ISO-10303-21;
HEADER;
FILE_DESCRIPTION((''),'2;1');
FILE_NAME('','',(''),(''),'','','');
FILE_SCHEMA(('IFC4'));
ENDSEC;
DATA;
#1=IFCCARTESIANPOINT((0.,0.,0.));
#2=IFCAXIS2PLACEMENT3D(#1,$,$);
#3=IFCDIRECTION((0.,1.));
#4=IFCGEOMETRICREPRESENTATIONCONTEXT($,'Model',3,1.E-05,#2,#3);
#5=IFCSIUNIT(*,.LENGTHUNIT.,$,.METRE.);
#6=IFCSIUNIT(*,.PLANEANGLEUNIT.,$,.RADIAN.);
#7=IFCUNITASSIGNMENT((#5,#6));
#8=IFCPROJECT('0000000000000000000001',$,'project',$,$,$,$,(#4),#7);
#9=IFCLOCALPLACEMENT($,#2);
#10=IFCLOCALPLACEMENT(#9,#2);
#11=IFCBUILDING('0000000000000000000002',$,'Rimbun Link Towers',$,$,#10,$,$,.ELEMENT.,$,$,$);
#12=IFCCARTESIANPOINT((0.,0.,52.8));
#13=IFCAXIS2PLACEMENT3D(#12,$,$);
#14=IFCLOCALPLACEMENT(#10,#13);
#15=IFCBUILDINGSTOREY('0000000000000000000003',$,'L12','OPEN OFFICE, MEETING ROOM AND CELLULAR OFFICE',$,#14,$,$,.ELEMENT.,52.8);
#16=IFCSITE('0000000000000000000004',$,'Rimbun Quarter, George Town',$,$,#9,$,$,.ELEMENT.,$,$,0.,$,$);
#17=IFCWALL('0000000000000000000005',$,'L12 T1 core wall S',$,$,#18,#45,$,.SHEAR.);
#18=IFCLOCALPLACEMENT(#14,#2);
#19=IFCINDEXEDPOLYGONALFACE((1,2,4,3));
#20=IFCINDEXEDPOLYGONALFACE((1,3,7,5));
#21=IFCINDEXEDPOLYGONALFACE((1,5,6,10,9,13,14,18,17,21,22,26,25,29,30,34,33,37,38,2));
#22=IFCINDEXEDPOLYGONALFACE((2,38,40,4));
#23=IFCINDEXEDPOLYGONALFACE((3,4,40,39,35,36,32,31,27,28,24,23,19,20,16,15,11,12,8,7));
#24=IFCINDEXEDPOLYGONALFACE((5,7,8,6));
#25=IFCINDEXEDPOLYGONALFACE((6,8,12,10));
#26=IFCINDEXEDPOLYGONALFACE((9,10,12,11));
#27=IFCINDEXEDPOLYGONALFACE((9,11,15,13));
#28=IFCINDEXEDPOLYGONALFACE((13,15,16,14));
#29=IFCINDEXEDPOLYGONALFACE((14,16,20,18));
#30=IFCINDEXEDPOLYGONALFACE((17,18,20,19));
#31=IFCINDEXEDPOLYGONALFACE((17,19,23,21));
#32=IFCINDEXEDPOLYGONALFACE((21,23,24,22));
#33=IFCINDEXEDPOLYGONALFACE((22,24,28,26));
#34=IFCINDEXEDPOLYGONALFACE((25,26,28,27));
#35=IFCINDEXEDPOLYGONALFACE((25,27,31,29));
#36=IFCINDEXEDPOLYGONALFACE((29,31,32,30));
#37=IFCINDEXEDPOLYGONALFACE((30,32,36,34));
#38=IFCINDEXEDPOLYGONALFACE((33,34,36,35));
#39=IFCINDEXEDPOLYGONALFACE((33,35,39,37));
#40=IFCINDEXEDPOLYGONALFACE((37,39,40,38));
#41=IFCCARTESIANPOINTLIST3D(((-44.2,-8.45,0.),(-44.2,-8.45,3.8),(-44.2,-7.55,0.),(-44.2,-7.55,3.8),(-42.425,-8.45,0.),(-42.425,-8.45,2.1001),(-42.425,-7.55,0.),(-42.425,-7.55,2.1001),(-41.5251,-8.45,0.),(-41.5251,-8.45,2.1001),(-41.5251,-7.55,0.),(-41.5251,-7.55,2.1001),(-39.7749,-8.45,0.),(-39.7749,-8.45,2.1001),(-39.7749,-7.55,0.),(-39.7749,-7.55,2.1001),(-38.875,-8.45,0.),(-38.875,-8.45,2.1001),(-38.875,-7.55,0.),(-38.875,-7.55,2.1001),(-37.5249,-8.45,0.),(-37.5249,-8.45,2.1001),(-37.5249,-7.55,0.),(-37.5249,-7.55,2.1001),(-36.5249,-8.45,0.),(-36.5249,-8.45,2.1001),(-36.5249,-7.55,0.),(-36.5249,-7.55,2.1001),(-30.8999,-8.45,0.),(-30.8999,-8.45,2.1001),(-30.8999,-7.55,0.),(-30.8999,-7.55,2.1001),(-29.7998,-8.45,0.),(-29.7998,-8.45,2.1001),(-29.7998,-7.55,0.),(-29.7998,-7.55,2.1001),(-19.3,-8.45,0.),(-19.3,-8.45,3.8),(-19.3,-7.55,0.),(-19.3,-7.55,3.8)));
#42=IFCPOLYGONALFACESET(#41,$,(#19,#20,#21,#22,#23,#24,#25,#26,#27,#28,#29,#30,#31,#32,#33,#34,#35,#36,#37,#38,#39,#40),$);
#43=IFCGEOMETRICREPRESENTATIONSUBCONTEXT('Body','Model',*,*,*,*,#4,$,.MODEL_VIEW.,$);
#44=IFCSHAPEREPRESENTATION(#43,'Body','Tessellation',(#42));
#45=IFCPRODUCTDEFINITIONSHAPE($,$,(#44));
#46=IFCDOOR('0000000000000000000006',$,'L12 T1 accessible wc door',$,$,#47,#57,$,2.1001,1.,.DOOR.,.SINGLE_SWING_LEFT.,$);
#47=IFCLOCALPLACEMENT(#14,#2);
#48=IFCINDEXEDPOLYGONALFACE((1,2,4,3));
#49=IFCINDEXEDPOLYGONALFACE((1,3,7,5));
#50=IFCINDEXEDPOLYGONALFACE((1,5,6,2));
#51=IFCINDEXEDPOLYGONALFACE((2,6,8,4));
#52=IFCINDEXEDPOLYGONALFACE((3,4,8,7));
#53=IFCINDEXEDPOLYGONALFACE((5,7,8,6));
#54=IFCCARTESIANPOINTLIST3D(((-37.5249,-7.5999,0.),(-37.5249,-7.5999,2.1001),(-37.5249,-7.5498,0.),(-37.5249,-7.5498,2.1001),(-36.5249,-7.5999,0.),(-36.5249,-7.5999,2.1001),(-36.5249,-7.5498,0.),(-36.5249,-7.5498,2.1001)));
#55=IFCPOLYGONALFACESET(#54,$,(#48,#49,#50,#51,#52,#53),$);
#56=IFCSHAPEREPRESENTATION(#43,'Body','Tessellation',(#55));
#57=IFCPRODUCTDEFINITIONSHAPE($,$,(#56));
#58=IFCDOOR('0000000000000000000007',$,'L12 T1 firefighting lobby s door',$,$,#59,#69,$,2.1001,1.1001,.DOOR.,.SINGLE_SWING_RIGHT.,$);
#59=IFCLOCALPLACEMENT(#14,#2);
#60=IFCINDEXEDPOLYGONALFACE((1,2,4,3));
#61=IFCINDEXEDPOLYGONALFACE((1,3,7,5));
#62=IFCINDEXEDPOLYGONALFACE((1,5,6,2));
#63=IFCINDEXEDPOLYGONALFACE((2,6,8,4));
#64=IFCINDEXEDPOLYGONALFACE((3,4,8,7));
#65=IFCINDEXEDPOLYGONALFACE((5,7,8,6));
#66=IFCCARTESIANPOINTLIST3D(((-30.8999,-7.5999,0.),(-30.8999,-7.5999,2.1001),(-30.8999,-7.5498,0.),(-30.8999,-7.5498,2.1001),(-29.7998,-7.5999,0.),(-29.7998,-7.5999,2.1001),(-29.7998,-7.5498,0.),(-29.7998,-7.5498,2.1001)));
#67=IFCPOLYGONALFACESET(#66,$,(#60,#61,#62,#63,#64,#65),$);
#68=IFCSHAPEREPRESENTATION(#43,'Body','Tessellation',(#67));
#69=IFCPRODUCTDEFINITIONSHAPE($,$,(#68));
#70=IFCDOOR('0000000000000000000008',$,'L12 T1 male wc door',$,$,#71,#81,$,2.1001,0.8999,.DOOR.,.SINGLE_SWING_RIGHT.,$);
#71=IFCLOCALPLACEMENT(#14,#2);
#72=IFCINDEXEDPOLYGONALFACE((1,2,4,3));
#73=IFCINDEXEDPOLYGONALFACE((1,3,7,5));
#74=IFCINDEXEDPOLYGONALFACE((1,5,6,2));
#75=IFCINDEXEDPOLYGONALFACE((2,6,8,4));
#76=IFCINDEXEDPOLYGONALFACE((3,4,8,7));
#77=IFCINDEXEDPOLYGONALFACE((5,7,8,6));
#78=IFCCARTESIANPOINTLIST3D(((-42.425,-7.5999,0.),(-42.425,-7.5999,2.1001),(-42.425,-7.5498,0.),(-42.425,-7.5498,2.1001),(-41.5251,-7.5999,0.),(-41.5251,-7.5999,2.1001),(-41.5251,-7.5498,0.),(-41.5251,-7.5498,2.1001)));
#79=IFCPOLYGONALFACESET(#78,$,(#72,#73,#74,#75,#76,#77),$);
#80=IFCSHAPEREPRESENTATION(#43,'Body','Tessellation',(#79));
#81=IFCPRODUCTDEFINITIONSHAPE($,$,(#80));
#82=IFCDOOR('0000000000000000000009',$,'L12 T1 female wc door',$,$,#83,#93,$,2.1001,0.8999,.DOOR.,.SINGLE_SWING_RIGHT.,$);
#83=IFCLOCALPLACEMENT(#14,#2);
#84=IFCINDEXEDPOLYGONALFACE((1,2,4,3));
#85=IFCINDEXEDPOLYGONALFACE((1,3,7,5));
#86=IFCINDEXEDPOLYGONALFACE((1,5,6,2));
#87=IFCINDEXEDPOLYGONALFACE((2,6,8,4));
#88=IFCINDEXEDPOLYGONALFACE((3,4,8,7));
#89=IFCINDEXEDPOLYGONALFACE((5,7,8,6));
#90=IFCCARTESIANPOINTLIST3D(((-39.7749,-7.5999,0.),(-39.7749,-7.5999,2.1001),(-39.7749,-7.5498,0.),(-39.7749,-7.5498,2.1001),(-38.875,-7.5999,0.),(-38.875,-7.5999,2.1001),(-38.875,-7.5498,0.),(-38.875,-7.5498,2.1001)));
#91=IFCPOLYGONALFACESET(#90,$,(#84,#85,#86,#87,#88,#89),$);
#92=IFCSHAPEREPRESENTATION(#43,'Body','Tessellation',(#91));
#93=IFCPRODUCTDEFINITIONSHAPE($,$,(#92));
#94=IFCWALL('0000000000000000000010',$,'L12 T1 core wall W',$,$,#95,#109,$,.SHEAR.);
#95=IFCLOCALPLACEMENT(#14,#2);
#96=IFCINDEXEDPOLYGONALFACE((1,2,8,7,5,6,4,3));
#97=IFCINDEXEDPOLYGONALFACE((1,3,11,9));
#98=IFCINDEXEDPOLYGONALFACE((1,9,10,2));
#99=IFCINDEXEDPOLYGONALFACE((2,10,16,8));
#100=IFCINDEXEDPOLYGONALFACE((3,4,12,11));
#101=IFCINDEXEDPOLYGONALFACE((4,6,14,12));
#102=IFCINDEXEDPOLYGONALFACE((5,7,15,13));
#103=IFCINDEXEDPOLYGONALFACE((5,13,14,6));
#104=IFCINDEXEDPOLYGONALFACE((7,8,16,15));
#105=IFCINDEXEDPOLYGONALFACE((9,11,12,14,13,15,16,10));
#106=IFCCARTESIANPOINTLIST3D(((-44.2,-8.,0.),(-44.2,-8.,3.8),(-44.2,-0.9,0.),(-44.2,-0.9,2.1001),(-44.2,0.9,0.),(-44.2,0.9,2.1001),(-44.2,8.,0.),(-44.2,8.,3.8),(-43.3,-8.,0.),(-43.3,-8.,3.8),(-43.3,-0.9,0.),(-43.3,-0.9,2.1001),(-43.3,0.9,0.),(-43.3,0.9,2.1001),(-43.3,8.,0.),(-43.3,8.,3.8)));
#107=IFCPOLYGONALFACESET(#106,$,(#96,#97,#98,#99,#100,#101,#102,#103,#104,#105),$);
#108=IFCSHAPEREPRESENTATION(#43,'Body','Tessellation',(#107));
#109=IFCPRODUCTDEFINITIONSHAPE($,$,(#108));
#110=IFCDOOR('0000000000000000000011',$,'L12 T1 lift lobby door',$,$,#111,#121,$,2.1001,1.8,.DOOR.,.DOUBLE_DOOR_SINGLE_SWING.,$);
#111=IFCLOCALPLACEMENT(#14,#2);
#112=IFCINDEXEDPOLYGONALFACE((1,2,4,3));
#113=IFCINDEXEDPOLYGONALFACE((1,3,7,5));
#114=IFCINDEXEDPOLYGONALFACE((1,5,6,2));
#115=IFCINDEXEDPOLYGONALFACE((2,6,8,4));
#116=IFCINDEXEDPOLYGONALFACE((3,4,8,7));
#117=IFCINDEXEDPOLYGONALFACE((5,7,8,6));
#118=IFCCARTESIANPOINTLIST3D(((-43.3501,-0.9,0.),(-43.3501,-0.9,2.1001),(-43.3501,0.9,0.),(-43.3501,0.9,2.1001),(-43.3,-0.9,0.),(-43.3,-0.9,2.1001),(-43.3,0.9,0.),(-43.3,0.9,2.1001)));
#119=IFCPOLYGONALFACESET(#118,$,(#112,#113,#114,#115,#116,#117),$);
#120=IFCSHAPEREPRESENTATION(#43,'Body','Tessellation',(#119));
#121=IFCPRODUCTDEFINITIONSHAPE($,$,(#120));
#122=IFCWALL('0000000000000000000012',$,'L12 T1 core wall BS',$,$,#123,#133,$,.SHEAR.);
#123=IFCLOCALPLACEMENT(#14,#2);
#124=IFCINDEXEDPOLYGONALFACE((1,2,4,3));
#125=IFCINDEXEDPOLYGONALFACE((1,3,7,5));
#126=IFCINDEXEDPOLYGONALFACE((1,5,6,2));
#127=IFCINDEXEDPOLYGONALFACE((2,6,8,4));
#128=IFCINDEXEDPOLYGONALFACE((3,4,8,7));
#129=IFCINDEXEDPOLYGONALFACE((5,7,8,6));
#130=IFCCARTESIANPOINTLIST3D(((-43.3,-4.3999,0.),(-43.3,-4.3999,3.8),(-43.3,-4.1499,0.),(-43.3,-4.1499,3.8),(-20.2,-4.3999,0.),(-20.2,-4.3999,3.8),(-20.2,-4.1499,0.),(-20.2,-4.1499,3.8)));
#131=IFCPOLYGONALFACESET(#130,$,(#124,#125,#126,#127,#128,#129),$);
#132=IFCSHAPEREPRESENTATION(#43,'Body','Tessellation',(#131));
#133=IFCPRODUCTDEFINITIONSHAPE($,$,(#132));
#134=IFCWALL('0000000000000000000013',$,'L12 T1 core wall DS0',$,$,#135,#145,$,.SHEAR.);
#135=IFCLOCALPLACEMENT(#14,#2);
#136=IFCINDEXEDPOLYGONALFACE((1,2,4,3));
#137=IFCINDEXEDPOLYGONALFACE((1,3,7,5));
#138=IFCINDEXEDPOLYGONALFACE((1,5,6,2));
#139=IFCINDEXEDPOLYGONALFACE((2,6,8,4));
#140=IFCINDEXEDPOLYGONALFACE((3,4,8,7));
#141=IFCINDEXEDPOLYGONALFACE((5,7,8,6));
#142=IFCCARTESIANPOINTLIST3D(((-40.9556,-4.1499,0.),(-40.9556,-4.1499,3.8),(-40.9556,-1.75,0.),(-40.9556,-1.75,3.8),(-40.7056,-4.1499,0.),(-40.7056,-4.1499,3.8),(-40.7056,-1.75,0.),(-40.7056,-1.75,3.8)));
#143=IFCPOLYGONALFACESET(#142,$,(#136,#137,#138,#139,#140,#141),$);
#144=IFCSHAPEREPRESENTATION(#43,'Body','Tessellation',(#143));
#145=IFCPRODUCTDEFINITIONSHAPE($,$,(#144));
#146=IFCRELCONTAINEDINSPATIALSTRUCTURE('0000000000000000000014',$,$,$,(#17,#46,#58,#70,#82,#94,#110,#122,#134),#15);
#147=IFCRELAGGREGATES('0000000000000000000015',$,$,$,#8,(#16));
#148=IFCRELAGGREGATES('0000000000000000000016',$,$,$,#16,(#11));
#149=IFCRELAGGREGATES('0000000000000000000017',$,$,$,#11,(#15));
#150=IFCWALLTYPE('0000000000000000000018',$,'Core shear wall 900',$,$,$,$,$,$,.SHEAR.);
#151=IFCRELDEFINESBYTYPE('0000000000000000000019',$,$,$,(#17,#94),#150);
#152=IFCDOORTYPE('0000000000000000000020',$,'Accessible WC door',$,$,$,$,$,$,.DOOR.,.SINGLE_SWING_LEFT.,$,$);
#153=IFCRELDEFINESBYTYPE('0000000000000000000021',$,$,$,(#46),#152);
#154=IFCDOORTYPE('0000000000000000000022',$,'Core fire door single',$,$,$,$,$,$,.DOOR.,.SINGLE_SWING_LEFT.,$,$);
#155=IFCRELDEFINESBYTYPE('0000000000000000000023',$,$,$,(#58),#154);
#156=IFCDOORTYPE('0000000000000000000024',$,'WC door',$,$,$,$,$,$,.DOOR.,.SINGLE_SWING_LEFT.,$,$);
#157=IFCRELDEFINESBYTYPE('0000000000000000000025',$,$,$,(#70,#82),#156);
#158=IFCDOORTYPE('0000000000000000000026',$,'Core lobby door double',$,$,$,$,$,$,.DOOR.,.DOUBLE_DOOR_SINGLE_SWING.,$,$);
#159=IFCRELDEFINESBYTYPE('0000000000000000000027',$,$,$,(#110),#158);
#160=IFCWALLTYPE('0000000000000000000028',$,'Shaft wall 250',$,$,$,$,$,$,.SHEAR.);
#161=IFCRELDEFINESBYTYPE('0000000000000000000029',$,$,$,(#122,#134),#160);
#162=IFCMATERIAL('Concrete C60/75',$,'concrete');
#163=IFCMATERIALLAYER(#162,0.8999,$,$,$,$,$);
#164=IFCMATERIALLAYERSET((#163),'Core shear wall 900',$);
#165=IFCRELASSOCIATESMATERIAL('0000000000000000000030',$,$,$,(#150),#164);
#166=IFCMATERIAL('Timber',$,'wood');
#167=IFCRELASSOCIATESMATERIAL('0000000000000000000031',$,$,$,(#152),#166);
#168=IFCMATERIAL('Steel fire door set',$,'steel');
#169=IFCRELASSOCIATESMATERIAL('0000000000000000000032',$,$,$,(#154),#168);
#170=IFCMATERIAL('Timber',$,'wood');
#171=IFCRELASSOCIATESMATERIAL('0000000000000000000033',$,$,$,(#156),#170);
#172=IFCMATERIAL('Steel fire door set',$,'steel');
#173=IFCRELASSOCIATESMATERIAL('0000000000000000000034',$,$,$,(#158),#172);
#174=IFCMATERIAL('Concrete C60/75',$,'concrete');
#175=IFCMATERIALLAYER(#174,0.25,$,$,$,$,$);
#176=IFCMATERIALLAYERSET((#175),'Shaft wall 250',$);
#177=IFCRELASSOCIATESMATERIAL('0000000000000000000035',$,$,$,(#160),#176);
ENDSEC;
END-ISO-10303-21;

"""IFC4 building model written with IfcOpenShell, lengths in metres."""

from ifc_helpers import new_model, si_unit, direction, frame, frame_2d, origin, place, context, subcontext, project, spatial, rectangle, extrude, material, layer, layer_set, type_object, element, fill, save


model = new_model("IFC4")

# Units and contexts
model_context = context("Model", 3, precision=1e-05, world=origin(), true_north=direction((0.0, 1.0)))
body_context = subcontext(model_context, "Body", "Model", "MODEL_VIEW")
ifc_project = project(units=[si_unit("LENGTHUNIT", "METRE"), si_unit("PLANEANGLEUNIT", "RADIAN")], contexts=[model_context])

# Site, building, storey
site_placement = place(None, origin())
site = spatial("IfcSite", under=ifc_project, at=site_placement, Name="Rimbun Quarter, George Town", CompositionType="ELEMENT", RefElevation=0.0)
building_placement = place(site_placement, origin())
building = spatial("IfcBuilding", under=site, at=building_placement, Name="Rimbun Link Towers", CompositionType="ELEMENT")
storey_placement = place(building_placement, frame((0.0, 0.0, 52.8)))
storey = spatial("IfcBuildingStorey", under=building, at=storey_placement, Name="L12", Description="OPEN OFFICE, MEETING ROOM AND CELLULAR OFFICE", CompositionType="ELEMENT", Elevation=52.8)

# Wall, openings, doors
ifc_material_1 = material(Name="Concrete C60/75", Category="concrete")
ifc_layer_1 = layer(ifc_material_1, 0.8999)
ifc_layer_set_1 = layer_set([ifc_layer_1], Name="Core shear wall 900")
wall_type_1 = type_object("IfcWallType", Name="Core shear wall 900", PredefinedType="SHEAR", material=ifc_layer_set_1)
wall_1_placement = place(storey_placement, frame((-44.2, -8.0, 0.0), z_axis=(0.0, 0.0, 1.0), x_axis=(1.0, 0.0, 0.0)))
wall_1 = element("IfcWall", 1, at=wall_1_placement, inside=storey, type_object=wall_type_1, Name="L12 T1 core wall S", PredefinedType="SHEAR", context=body_context, shape_type="SweptSolid", body=[
    extrude(rectangle(XDim=24.8999, YDim=0.8999, at=frame_2d((12.45, 0.0))), origin(), (0.0, 0.0, 1.0), 3.8),
])
opening_1_placement = place(wall_1_placement, frame((13.3, 0.0, 0.0)))
opening_1 = element("IfcOpeningElement", 2, at=opening_1_placement, cuts=wall_1, PredefinedType="OPENING", context=body_context, shape_type="SweptSolid", body=[
    extrude(rectangle(XDim=1.1001, YDim=2.1001, at=frame_2d((0.55, 1.05))), frame((0.0, 0.46, 0.0), z_axis=(0.0, -1.0, 0.0), x_axis=(1.0, 0.0, 0.0)), (0.0, 0.0, 1.0), 0.9199),
])
opening_2_placement = place(wall_1_placement, frame((1.7749, 0.0, 0.0)))
opening_2 = element("IfcOpeningElement", 3, at=opening_2_placement, cuts=wall_1, PredefinedType="OPENING", context=body_context, shape_type="SweptSolid", body=[
    extrude(rectangle(XDim=0.8999, YDim=2.1001, at=frame_2d((0.45, 1.05))), frame((0.0, 0.46, 0.0), z_axis=(0.0, -1.0, 0.0), x_axis=(1.0, 0.0, 0.0)), (0.0, 0.0, 1.0), 0.9199),
])
opening_3_placement = place(wall_1_placement, frame((4.425, 0.0, 0.0)))
opening_3 = element("IfcOpeningElement", 4, at=opening_3_placement, cuts=wall_1, PredefinedType="OPENING", context=body_context, shape_type="SweptSolid", body=[
    extrude(rectangle(XDim=0.8999, YDim=2.1001, at=frame_2d((0.45, 1.05))), frame((0.0, 0.46, 0.0), z_axis=(0.0, -1.0, 0.0), x_axis=(1.0, 0.0, 0.0)), (0.0, 0.0, 1.0), 0.9199),
])
opening_4_placement = place(wall_1_placement, frame((6.675, 0.0, 0.0)))
opening_4 = element("IfcOpeningElement", 5, at=opening_4_placement, cuts=wall_1, PredefinedType="OPENING", context=body_context, shape_type="SweptSolid", body=[
    extrude(rectangle(XDim=1.0, YDim=2.1001, at=frame_2d((0.5, 1.05))), frame((0.0, 0.46, 0.0), z_axis=(0.0, -1.0, 0.0), x_axis=(1.0, 0.0, 0.0)), (0.0, 0.0, 1.0), 0.9199),
])
ifc_material_2 = material(Name="Timber", Category="wood")
door_type_1 = type_object("IfcDoorType", Name="Accessible WC door", OperationType="SINGLE_SWING_LEFT", PredefinedType="DOOR", material=ifc_material_2)
door_1_placement = place(opening_4_placement, origin())
door_1 = element("IfcDoor", 6, at=door_1_placement, inside=storey, type_object=door_type_1, Name="L12 T1 accessible wc door", OperationType="SINGLE_SWING_LEFT", OverallHeight=2.1001, OverallWidth=1.0, PredefinedType="DOOR", context=body_context, shape_type="SweptSolid", body=[
    extrude(rectangle(XDim=1.0, YDim=2.1001, at=frame_2d((0.5, 1.05))), frame((0.0, 0.4502, 0.0), z_axis=(0.0, -1.0, 0.0), x_axis=(1.0, 0.0, 0.0)), (0.0, 0.0, 1.0), 0.05),
])
fill(opening_4, door_1)
ifc_material_3 = material(Name="Steel fire door set", Category="steel")
door_type_2 = type_object("IfcDoorType", Name="Core fire door single", OperationType="SINGLE_SWING_LEFT", PredefinedType="DOOR", material=ifc_material_3)
door_2_placement = place(opening_1_placement, origin())
door_2 = element("IfcDoor", 7, at=door_2_placement, inside=storey, type_object=door_type_2, Name="L12 T1 firefighting lobby s door", OperationType="SINGLE_SWING_RIGHT", OverallHeight=2.1001, OverallWidth=1.1001, PredefinedType="DOOR", context=body_context, shape_type="SweptSolid", body=[
    extrude(rectangle(XDim=1.1001, YDim=2.1001, at=frame_2d((0.55, 1.05))), frame((0.0, 0.4502, 0.0), z_axis=(0.0, -1.0, 0.0), x_axis=(1.0, 0.0, 0.0)), (0.0, 0.0, 1.0), 0.05),
])
fill(opening_1, door_2)
ifc_material_4 = material(Name="Timber", Category="wood")
door_type_3 = type_object("IfcDoorType", Name="WC door", OperationType="SINGLE_SWING_LEFT", PredefinedType="DOOR", material=ifc_material_4)
door_3_placement = place(opening_2_placement, origin())
door_3 = element("IfcDoor", 8, at=door_3_placement, inside=storey, type_object=door_type_3, Name="L12 T1 male wc door", OperationType="SINGLE_SWING_RIGHT", OverallHeight=2.1001, OverallWidth=0.8999, PredefinedType="DOOR", context=body_context, shape_type="SweptSolid", body=[
    extrude(rectangle(XDim=0.8999, YDim=2.1001, at=frame_2d((0.45, 1.05))), frame((0.0, 0.4502, 0.0), z_axis=(0.0, -1.0, 0.0), x_axis=(1.0, 0.0, 0.0)), (0.0, 0.0, 1.0), 0.05),
])
fill(opening_2, door_3)
door_4_placement = place(opening_3_placement, origin())
door_4 = element("IfcDoor", 9, at=door_4_placement, inside=storey, type_object=door_type_3, Name="L12 T1 female wc door", OperationType="SINGLE_SWING_RIGHT", OverallHeight=2.1001, OverallWidth=0.8999, PredefinedType="DOOR", context=body_context, shape_type="SweptSolid", body=[
    extrude(rectangle(XDim=0.8999, YDim=2.1001, at=frame_2d((0.45, 1.05))), frame((0.0, 0.4502, 0.0), z_axis=(0.0, -1.0, 0.0), x_axis=(1.0, 0.0, 0.0)), (0.0, 0.0, 1.0), 0.05),
])
fill(opening_3, door_4)

# Wall, opening, door
wall_2_placement = place(storey_placement, frame((-43.75, -8.0, 0.0), z_axis=(0.0, 0.0, 1.0), x_axis=(0.0, 1.0, 0.0)))
wall_2 = element("IfcWall", 10, at=wall_2_placement, inside=storey, type_object=wall_type_1, Name="L12 T1 core wall W", PredefinedType="SHEAR", context=body_context, shape_type="SweptSolid", body=[
    extrude(rectangle(XDim=16.0, YDim=0.8999, at=frame_2d((8.0, 0.0))), origin(), (0.0, 0.0, 1.0), 3.8),
])
opening_5_placement = place(wall_2_placement, frame((7.1001, 0.0, 0.0)))
opening_5 = element("IfcOpeningElement", 11, at=opening_5_placement, cuts=wall_2, PredefinedType="OPENING", context=body_context, shape_type="SweptSolid", body=[
    extrude(rectangle(XDim=1.8, YDim=2.1001, at=frame_2d((0.8999, 1.05))), frame((0.0, 0.46, 0.0), z_axis=(0.0, -1.0, 0.0), x_axis=(1.0, 0.0, 0.0)), (0.0, 0.0, 1.0), 0.9199),
])
ifc_material_5 = material(Name="Steel fire door set", Category="steel")
door_type_4 = type_object("IfcDoorType", Name="Core lobby door double", OperationType="DOUBLE_DOOR_SINGLE_SWING", PredefinedType="DOOR", material=ifc_material_5)
door_5_placement = place(opening_5_placement, origin())
door_5 = element("IfcDoor", 12, at=door_5_placement, inside=storey, type_object=door_type_4, Name="L12 T1 lift lobby door", OperationType="DOUBLE_DOOR_SINGLE_SWING", OverallHeight=2.1001, OverallWidth=1.8, PredefinedType="DOOR", context=body_context, shape_type="SweptSolid", body=[
    extrude(rectangle(XDim=1.8, YDim=2.1001, at=frame_2d((0.8999, 1.05))), frame((0.0, -0.3999, 0.0), z_axis=(0.0, -1.0, 0.0), x_axis=(1.0, 0.0, 0.0)), (0.0, 0.0, 1.0), 0.05),
])
fill(opening_5, door_5)

# Walls
ifc_material_6 = material(Name="Concrete C60/75", Category="concrete")
ifc_layer_2 = layer(ifc_material_6, 0.25)
ifc_layer_set_2 = layer_set([ifc_layer_2], Name="Shaft wall 250")
wall_type_2 = type_object("IfcWallType", Name="Shaft wall 250", PredefinedType="SHEAR", material=ifc_layer_set_2)
wall_3_placement = place(storey_placement, frame((-43.3, -4.2749, 0.0), z_axis=(0.0, 0.0, 1.0), x_axis=(1.0, 0.0, 0.0)))
element("IfcWall", 13, at=wall_3_placement, inside=storey, type_object=wall_type_2, Name="L12 T1 core wall BS", PredefinedType="SHEAR", context=body_context, shape_type="SweptSolid", body=[
    extrude(rectangle(XDim=23.1001, YDim=0.25, at=frame_2d((11.55, 0.0))), origin(), (0.0, 0.0, 1.0), 3.8),
])
wall_4_placement = place(storey_placement, frame((-40.8306, -4.1499, 0.0), z_axis=(0.0, 0.0, 1.0), x_axis=(0.0, 1.0, 0.0)))
element("IfcWall", 14, at=wall_4_placement, inside=storey, type_object=wall_type_2, Name="L12 T1 core wall DS0", PredefinedType="SHEAR", context=body_context, shape_type="SweptSolid", body=[
    extrude(rectangle(XDim=2.3999, YDim=0.25, at=frame_2d((1.2, 0.0))), origin(), (0.0, 0.0, 1.0), 3.8),
])

save(model, "model.ifc")
